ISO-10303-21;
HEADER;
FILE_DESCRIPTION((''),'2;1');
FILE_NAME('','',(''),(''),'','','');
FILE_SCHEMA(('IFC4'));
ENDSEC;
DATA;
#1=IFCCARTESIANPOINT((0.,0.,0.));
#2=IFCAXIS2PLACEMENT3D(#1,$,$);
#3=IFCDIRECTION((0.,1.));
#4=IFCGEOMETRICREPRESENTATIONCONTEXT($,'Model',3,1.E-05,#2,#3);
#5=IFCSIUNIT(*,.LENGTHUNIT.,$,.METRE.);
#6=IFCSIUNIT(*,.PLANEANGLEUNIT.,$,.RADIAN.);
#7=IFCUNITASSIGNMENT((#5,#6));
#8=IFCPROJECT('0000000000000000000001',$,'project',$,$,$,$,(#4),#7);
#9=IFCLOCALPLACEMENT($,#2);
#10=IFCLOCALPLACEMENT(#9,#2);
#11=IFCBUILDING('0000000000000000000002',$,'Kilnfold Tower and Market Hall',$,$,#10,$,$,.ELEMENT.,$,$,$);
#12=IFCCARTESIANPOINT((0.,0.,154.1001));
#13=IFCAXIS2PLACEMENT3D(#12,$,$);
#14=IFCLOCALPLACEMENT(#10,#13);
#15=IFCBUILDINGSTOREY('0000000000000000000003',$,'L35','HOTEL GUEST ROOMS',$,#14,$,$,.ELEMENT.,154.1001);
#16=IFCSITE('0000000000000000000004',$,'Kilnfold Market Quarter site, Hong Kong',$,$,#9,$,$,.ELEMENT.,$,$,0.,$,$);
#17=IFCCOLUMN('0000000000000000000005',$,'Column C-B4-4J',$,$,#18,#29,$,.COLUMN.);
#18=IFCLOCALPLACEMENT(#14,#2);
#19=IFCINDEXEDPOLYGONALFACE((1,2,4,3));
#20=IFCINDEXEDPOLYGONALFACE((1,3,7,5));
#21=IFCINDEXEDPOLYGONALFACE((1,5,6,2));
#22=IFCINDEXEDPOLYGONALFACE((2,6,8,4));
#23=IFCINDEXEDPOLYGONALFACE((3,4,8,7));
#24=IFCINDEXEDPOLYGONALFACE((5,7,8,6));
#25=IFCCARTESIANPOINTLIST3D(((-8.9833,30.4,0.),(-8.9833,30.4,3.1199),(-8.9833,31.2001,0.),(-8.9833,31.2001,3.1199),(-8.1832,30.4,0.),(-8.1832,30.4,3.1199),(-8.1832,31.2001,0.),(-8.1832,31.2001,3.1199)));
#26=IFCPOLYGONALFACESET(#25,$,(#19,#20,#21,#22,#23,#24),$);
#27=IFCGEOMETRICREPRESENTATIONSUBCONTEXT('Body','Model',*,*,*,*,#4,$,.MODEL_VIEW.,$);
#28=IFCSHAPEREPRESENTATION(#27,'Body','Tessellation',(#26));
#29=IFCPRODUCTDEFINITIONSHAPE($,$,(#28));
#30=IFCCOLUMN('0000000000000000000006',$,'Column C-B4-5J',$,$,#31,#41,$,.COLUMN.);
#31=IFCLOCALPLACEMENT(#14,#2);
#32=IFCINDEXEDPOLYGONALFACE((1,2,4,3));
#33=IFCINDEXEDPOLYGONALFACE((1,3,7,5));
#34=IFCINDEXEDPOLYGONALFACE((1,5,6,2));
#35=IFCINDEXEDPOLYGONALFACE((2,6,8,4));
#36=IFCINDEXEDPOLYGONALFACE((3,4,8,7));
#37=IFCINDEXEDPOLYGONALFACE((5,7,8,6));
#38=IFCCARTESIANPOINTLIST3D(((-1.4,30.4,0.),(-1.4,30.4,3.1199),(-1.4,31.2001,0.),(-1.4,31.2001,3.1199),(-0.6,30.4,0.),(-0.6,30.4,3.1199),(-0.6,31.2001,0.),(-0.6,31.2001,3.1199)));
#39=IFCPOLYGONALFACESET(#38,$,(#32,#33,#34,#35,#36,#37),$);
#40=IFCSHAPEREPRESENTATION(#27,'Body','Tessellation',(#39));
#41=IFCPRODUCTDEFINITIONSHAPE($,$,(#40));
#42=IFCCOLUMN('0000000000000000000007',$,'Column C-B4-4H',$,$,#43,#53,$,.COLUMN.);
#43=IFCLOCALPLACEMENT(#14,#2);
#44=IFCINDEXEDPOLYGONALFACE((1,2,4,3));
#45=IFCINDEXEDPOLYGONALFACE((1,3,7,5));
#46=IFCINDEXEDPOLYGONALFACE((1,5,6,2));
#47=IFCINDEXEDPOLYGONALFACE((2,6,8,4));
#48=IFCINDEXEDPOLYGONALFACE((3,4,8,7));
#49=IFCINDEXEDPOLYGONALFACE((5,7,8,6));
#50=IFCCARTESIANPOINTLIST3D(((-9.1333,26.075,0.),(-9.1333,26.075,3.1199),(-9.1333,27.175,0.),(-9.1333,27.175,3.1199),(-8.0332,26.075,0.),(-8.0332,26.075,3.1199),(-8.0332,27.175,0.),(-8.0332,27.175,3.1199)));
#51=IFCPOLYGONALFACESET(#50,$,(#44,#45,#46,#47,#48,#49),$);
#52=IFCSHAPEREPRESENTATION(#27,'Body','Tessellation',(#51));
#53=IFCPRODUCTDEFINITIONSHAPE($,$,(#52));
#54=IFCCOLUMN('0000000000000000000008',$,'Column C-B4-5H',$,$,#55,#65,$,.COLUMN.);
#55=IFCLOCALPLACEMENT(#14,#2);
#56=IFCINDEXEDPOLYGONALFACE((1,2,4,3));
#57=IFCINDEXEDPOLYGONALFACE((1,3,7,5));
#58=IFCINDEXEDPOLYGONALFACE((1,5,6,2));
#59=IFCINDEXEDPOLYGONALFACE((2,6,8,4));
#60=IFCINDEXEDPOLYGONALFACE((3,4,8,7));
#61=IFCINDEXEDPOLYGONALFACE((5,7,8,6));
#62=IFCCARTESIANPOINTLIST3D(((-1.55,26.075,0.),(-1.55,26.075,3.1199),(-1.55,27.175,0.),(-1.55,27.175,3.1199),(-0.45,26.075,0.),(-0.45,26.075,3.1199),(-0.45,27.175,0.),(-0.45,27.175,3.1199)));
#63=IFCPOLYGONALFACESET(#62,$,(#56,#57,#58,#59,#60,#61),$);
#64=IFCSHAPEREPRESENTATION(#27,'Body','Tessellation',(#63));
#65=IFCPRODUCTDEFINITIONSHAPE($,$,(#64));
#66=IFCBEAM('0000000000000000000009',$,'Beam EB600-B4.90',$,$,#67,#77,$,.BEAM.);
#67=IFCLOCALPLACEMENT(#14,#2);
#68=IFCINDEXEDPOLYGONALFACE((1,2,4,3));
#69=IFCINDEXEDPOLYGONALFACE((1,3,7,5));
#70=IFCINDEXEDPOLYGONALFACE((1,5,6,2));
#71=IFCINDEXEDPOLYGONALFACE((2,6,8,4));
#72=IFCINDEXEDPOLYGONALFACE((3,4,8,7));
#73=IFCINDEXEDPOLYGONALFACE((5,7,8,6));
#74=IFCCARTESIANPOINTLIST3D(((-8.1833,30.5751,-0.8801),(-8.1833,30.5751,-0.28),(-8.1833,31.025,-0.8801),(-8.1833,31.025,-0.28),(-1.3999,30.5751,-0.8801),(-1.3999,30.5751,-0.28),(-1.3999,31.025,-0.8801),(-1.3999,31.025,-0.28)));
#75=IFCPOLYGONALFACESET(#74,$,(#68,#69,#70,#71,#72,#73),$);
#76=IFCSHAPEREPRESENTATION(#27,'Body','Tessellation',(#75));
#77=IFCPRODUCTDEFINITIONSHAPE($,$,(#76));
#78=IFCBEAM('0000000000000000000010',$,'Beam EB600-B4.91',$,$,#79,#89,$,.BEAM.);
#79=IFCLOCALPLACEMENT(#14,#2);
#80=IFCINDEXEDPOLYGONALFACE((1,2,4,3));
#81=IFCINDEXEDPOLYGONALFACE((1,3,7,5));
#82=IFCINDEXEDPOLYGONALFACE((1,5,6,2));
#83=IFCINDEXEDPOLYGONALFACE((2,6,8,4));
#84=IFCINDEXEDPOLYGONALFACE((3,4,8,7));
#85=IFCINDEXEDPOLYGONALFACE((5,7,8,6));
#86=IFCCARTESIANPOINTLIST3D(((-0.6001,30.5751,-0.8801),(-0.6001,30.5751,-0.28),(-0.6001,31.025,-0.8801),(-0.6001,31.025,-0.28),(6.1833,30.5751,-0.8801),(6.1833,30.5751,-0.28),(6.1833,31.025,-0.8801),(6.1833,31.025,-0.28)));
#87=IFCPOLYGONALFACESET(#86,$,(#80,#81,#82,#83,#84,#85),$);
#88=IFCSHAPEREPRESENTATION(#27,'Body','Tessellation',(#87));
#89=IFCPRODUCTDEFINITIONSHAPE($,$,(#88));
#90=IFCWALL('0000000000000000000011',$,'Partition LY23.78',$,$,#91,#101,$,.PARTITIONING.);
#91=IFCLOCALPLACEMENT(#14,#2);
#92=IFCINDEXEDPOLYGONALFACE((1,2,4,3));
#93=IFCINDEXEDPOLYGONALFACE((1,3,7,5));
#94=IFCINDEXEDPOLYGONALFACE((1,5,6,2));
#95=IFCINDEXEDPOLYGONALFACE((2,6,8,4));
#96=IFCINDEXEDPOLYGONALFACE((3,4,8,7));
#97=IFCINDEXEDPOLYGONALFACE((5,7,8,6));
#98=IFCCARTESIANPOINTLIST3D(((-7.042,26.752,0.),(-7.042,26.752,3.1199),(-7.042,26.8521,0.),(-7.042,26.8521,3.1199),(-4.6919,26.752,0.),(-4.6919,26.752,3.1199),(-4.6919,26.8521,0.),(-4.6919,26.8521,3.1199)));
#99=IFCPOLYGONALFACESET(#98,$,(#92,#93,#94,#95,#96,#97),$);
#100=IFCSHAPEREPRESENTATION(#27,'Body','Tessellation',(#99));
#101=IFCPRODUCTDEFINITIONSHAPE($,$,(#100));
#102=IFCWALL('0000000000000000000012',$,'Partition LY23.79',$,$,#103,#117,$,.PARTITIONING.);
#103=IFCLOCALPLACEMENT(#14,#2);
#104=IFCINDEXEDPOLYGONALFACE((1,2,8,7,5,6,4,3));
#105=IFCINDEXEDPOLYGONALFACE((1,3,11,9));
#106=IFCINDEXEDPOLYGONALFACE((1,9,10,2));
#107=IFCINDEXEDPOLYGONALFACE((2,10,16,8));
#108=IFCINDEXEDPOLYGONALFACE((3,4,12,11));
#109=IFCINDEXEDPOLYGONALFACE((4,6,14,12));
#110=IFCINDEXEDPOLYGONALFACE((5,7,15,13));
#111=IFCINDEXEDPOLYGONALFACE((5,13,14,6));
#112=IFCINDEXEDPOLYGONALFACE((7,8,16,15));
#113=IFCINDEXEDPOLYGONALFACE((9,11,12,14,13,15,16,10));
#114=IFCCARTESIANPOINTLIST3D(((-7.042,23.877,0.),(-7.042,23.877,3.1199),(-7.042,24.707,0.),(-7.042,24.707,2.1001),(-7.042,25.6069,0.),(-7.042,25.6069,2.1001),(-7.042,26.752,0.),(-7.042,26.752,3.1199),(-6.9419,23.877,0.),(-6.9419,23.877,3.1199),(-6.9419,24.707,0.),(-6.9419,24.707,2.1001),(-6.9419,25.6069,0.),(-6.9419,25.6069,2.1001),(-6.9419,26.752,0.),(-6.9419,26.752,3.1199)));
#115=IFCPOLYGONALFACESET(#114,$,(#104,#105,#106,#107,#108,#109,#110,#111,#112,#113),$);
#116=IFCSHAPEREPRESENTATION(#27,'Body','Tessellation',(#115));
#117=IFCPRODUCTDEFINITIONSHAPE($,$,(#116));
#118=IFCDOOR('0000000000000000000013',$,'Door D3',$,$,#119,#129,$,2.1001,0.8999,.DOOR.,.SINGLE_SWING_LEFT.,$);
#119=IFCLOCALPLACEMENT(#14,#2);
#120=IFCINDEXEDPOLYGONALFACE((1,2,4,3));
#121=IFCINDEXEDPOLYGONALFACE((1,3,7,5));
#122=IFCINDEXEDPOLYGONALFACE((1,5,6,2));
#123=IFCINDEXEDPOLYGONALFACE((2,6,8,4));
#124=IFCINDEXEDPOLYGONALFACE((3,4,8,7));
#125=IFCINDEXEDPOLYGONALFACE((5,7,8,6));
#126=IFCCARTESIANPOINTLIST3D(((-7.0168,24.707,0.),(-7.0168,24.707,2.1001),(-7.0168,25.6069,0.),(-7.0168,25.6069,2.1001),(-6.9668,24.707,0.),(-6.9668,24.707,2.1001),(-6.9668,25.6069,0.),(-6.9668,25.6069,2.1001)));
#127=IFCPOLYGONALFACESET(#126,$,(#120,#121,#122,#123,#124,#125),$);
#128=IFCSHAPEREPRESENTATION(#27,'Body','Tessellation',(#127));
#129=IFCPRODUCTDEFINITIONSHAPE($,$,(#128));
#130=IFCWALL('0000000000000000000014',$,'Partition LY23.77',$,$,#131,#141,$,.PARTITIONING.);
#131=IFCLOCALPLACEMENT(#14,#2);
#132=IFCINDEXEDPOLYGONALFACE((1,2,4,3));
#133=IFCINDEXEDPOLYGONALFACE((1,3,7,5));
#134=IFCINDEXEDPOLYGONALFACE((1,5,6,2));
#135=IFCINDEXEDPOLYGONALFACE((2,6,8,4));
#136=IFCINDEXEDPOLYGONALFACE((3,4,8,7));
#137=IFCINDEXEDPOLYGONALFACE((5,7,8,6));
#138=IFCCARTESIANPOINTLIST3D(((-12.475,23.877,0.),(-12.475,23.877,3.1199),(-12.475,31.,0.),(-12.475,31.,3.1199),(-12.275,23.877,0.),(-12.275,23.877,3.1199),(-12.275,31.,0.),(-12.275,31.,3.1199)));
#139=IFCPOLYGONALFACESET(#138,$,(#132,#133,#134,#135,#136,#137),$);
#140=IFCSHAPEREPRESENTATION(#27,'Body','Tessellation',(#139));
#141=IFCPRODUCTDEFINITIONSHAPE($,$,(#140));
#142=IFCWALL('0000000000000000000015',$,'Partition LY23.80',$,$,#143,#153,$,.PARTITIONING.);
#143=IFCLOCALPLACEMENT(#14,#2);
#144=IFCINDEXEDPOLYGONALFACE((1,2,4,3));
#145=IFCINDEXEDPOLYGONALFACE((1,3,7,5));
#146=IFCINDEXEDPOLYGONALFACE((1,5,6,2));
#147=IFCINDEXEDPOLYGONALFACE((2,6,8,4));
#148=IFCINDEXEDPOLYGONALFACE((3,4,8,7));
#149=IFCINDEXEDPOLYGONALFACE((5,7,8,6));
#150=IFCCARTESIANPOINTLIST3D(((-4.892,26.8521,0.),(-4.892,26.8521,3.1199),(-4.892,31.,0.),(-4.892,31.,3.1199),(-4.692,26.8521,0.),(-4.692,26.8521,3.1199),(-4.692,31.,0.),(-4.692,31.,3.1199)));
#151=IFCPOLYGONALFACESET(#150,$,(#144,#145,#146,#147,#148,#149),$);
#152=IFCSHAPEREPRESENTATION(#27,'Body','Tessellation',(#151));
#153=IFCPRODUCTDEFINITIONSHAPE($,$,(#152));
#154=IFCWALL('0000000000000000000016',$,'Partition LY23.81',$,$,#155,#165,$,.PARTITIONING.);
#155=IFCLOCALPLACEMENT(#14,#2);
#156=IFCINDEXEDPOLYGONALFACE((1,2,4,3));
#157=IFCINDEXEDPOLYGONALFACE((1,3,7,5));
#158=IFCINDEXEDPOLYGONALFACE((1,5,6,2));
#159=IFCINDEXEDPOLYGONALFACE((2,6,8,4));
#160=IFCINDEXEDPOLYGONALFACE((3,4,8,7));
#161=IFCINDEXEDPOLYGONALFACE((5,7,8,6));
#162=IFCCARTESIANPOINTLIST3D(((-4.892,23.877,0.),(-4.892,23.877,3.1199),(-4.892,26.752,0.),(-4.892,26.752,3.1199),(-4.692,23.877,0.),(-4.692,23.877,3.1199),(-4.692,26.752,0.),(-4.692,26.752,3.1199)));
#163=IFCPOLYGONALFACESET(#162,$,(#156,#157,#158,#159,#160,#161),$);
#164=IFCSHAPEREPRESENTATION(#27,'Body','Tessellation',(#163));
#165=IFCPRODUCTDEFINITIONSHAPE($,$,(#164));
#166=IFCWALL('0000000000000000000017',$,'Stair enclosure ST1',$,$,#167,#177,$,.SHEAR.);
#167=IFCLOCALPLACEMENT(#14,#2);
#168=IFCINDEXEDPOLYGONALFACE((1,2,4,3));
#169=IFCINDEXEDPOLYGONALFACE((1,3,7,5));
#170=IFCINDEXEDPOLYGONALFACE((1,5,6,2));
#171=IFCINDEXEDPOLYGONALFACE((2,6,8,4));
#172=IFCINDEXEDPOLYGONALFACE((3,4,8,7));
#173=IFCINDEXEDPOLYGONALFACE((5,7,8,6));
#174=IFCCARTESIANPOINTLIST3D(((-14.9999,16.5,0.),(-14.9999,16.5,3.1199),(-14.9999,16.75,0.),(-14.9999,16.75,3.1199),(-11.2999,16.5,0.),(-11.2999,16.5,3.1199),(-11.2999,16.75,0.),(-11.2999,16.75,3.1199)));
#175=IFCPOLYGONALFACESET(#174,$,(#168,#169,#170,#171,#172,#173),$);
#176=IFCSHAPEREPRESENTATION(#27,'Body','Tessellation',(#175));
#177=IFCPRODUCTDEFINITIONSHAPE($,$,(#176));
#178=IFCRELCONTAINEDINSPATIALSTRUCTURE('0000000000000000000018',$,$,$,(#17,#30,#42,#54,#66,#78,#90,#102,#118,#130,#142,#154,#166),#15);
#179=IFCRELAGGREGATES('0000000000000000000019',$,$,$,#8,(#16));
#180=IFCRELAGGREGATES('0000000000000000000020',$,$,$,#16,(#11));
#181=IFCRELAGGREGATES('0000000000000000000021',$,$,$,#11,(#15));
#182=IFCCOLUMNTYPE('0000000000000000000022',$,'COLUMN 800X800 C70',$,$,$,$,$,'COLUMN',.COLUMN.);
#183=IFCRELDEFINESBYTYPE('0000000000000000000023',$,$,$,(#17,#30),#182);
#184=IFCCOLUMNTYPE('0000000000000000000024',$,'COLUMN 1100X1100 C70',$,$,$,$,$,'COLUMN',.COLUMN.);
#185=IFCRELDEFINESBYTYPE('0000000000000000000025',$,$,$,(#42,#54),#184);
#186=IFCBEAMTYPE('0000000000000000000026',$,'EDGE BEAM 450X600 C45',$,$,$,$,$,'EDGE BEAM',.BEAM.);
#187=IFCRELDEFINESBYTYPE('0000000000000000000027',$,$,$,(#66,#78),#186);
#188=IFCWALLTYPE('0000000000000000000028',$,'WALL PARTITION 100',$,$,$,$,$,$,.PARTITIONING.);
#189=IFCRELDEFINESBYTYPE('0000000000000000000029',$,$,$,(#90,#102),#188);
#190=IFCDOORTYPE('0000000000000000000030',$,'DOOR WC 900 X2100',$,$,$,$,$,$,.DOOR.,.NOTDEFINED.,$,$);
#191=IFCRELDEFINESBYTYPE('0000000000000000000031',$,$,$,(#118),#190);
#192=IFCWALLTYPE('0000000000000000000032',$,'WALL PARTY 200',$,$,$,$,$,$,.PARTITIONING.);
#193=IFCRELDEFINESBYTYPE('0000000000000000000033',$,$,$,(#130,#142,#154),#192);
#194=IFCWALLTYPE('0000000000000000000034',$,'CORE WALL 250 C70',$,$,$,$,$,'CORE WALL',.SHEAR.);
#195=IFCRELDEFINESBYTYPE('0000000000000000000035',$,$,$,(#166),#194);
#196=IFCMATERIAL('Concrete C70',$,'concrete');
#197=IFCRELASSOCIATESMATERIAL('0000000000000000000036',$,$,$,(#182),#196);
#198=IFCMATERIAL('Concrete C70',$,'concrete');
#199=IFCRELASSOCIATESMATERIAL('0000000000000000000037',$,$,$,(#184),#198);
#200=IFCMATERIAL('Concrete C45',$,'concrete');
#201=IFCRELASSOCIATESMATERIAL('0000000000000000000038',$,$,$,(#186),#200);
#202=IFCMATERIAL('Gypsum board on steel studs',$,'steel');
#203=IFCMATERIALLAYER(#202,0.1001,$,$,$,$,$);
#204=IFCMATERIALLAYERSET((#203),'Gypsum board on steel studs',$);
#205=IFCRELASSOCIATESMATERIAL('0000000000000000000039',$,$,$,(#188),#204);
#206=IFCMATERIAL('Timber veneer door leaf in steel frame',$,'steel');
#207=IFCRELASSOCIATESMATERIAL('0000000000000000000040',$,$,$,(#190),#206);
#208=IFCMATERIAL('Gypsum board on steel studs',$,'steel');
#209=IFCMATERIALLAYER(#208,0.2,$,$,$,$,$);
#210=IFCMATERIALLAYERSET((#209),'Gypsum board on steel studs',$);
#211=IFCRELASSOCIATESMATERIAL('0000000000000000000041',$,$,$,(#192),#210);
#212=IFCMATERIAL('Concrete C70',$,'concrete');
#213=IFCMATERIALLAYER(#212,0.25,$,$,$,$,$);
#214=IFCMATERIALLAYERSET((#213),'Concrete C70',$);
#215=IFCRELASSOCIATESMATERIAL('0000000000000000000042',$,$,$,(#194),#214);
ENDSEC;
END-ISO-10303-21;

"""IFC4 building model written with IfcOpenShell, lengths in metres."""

from ifc_helpers import new_model, si_unit, direction, frame, frame_2d, origin, origin_2d, place, context, subcontext, project, spatial, rectangle, extrude, source, transform, mapped, material, layer, layer_set, material_profile, profile_set, type_object, element, fill, save


model = new_model("IFC4")

# Units and contexts
model_context = context("Model", 3, precision=1e-05, world=origin(), true_north=direction((0.0, 1.0)))
body_context = subcontext(model_context, "Body", "Model", "MODEL_VIEW")
ifc_project = project(units=[si_unit("LENGTHUNIT", "METRE"), si_unit("PLANEANGLEUNIT", "RADIAN")], contexts=[model_context])

# Site, building, storey
site_placement = place(None, origin())
site = spatial("IfcSite", under=ifc_project, at=site_placement, Name="Kilnfold Market Quarter site, Hong Kong", CompositionType="ELEMENT", RefElevation=0.0)
building_placement = place(site_placement, origin())
building = spatial("IfcBuilding", under=site, at=building_placement, Name="Kilnfold Tower and Market Hall", CompositionType="ELEMENT")
storey_placement = place(building_placement, frame((0.0, 0.0, 154.1001)))
storey = spatial("IfcBuildingStorey", under=building, at=storey_placement, Name="L35", Description="HOTEL GUEST ROOMS", CompositionType="ELEMENT", Elevation=154.1001)

# Columns
ifc_material_1 = material(Name="Concrete C70", Category="concrete")
ifc_material_profile_1 = material_profile(ifc_material_1, rectangle(XDim=0.8, YDim=0.8, at=origin_2d()), Name="RC 800x800")
ifc_profile_set_1 = profile_set([ifc_material_profile_1], Name="Concrete C70")
column_type_1 = type_object("IfcColumnType", Name="COLUMN 800X800 C70", ElementType="COLUMN", PredefinedType="COLUMN", material=ifc_profile_set_1)
shared_shape_1 = source(origin(), body_context, "Body", "SweptSolid", [
    extrude(rectangle(XDim=0.8, YDim=0.8, at=origin_2d()), origin(), (0.0, 0.0, 1.0), 3.1199),
])
for number, where, z_axis, x_axis, name in (
    (1, (-8.5833, 30.8, 0.0), (0.0, 0.0, 1.0), (1.0, 0.0, 0.0), "Column C-B4-4J"),
    (2, (-1.0, 30.8, 0.0), (0.0, 0.0, 1.0), (1.0, 0.0, 0.0), "Column C-B4-5J"),
):
    element("IfcColumn", number, at=place(storey_placement, frame(where, z_axis=z_axis, x_axis=x_axis)), inside=storey, type_object=column_type_1, Name=name, PredefinedType="COLUMN", context=body_context, shape_type="MappedRepresentation", body=[
        mapped(shared_shape_1, transform((0.0, 0.0, 0.0))),
    ])
ifc_material_2 = material(Name="Concrete C70", Category="concrete")
ifc_material_profile_2 = material_profile(ifc_material_2, rectangle(XDim=1.1001, YDim=1.1001, at=origin_2d()), Name="RC 1100x1100")
ifc_profile_set_2 = profile_set([ifc_material_profile_2], Name="Concrete C70")
column_type_2 = type_object("IfcColumnType", Name="COLUMN 1100X1100 C70", ElementType="COLUMN", PredefinedType="COLUMN", material=ifc_profile_set_2)
shared_shape_2 = source(origin(), body_context, "Body", "SweptSolid", [
    extrude(rectangle(XDim=1.1001, YDim=1.1001, at=origin_2d()), origin(), (0.0, 0.0, 1.0), 3.1199),
])
for number, where, z_axis, x_axis, name in (
    (3, (-8.5833, 26.625, 0.0), (0.0, 0.0, 1.0), (1.0, 0.0, 0.0), "Column C-B4-4H"),
    (4, (-1.0, 26.625, 0.0), (0.0, 0.0, 1.0), (1.0, 0.0, 0.0), "Column C-B4-5H"),
):
    element("IfcColumn", number, at=place(storey_placement, frame(where, z_axis=z_axis, x_axis=x_axis)), inside=storey, type_object=column_type_2, Name=name, PredefinedType="COLUMN", context=body_context, shape_type="MappedRepresentation", body=[
        mapped(shared_shape_2, transform((0.0, 0.0, 0.0))),
    ])

# Beams
ifc_material_3 = material(Name="Concrete C45", Category="concrete")
ifc_material_profile_3 = material_profile(ifc_material_3, rectangle(XDim=0.45, YDim=0.6001, at=origin_2d()), Name="RC 450x600")
ifc_profile_set_3 = profile_set([ifc_material_profile_3], Name="Concrete C45")
beam_type = type_object("IfcBeamType", Name="EDGE BEAM 450X600 C45", ElementType="EDGE BEAM", PredefinedType="BEAM", material=ifc_profile_set_3)
shared_shape_3 = source(origin(), body_context, "Body", "SweptSolid", [
    extrude(rectangle(XDim=0.45, YDim=0.6001, at=origin_2d()), origin(), (0.0, 0.0, 1.0), 6.7834),
])
for number, where, z_axis, x_axis, name in (
    (5, (-8.1833, 30.8, -0.5801), (1.0, 0.0, 0.0), (0.0, 1.0, 0.0), "Beam EB600-B4.90"),
    (6, (-0.6001, 30.8, -0.5801), (1.0, 0.0, 0.0), (0.0, 1.0, 0.0), "Beam EB600-B4.91"),
):
    element("IfcBeam", number, at=place(storey_placement, frame(where, z_axis=z_axis, x_axis=x_axis)), inside=storey, type_object=beam_type, Name=name, PredefinedType="BEAM", context=body_context, shape_type="MappedRepresentation", body=[
        mapped(shared_shape_3, transform((0.0, 0.0, 0.0))),
    ])

# Wall
ifc_material_4 = material(Name="Gypsum board on steel studs", Category="steel")
ifc_layer_1 = layer(ifc_material_4, 0.1001)
ifc_layer_set_1 = layer_set([ifc_layer_1], Name="Gypsum board on steel studs")
wall_type_1 = type_object("IfcWallType", Name="WALL PARTITION 100", PredefinedType="PARTITIONING", material=ifc_layer_set_1)
wall_1_placement = place(storey_placement, frame((-7.042, 26.802, 0.0), z_axis=(0.0, 0.0, 1.0), x_axis=(1.0, 0.0, 0.0)))
element("IfcWall", 7, at=wall_1_placement, inside=storey, type_object=wall_type_1, Name="Partition LY23.78", PredefinedType="PARTITIONING", context=body_context, shape_type="SweptSolid", body=[
    extrude(rectangle(XDim=2.3501, YDim=0.1001, at=frame_2d((1.175, 0.0))), origin(), (0.0, 0.0, 1.0), 3.1199),
])

# Wall, opening, door
wall_2_placement = place(storey_placement, frame((-6.9919, 23.877, 0.0), z_axis=(0.0, 0.0, 1.0), x_axis=(0.0, 1.0, 0.0)))
wall_2 = element("IfcWall", 8, at=wall_2_placement, inside=storey, type_object=wall_type_1, Name="Partition LY23.79", PredefinedType="PARTITIONING", context=body_context, shape_type="SweptSolid", body=[
    extrude(rectangle(XDim=2.875, YDim=0.1001, at=frame_2d((1.4375, 0.0))), origin(), (0.0, 0.0, 1.0), 3.1199),
])
opening_1_placement = place(wall_2_placement, frame((0.8301, 0.0, 0.0)))
opening_1 = element("IfcOpeningElement", 9, at=opening_1_placement, cuts=wall_2, PredefinedType="OPENING", context=body_context, shape_type="SweptSolid", body=[
    extrude(rectangle(XDim=0.8999, YDim=2.1001, at=frame_2d((0.45, 1.05))), frame((0.0, 0.0601, 0.0), z_axis=(0.0, -1.0, 0.0), x_axis=(1.0, 0.0, 0.0)), (0.0, 0.0, 1.0), 0.1201),
])
ifc_material_5 = material(Name="Timber veneer door leaf in steel frame", Category="steel")
door_type = type_object("IfcDoorType", Name="DOOR WC 900 X2100", OperationType="NOTDEFINED", PredefinedType="DOOR", material=ifc_material_5)
door_placement = place(opening_1_placement, origin())
door = element("IfcDoor", 10, at=door_placement, inside=storey, type_object=door_type, Name="Door D3", OperationType="SINGLE_SWING_LEFT", OverallHeight=2.1001, OverallWidth=0.8999, PredefinedType="DOOR", context=body_context, shape_type="SweptSolid", body=[
    extrude(rectangle(XDim=0.8999, YDim=2.1001, at=frame_2d((0.45, 1.05))), frame((0.0, 0.0249, 0.0), z_axis=(0.0, -1.0, 0.0), x_axis=(1.0, 0.0, 0.0)), (0.0, 0.0, 1.0), 0.05),
])
fill(opening_1, door)

# Walls
ifc_material_6 = material(Name="Gypsum board on steel studs", Category="steel")
ifc_layer_2 = layer(ifc_material_6, 0.2)
ifc_layer_set_2 = layer_set([ifc_layer_2], Name="Gypsum board on steel studs")
wall_type_2 = type_object("IfcWallType", Name="WALL PARTY 200", PredefinedType="PARTITIONING", material=ifc_layer_set_2)
wall_3_placement = place(storey_placement, frame((-12.375, 23.877, 0.0), z_axis=(0.0, 0.0, 1.0), x_axis=(0.0, 1.0, 0.0)))
element("IfcWall", 11, at=wall_3_placement, inside=storey, type_object=wall_type_2, Name="Partition LY23.77", PredefinedType="PARTITIONING", context=body_context, shape_type="SweptSolid", body=[
    extrude(rectangle(XDim=7.123, YDim=0.2, at=frame_2d((3.5615, 0.0))), origin(), (0.0, 0.0, 1.0), 3.1199),
])
wall_4_placement = place(storey_placement, frame((-4.792, 26.8521, 0.0), z_axis=(0.0, 0.0, 1.0), x_axis=(0.0, 1.0, 0.0)))
element("IfcWall", 12, at=wall_4_placement, inside=storey, type_object=wall_type_2, Name="Partition LY23.80", PredefinedType="PARTITIONING", context=body_context, shape_type="SweptSolid", body=[
    extrude(rectangle(XDim=4.1479, YDim=0.2, at=frame_2d((2.074, 0.0))), origin(), (0.0, 0.0, 1.0), 3.1199),
])
wall_5_placement = place(storey_placement, frame((-4.792, 23.877, 0.0), z_axis=(0.0, 0.0, 1.0), x_axis=(0.0, 1.0, 0.0)))
element("IfcWall", 13, at=wall_5_placement, inside=storey, type_object=wall_type_2, Name="Partition LY23.81", PredefinedType="PARTITIONING", context=body_context, shape_type="SweptSolid", body=[
    extrude(rectangle(XDim=2.875, YDim=0.2, at=frame_2d((1.4375, 0.0))), origin(), (0.0, 0.0, 1.0), 3.1199),
])
ifc_material_7 = material(Name="Concrete C70", Category="concrete")
ifc_layer_3 = layer(ifc_material_7, 0.25)
ifc_layer_set_3 = layer_set([ifc_layer_3], Name="Concrete C70")
wall_type_3 = type_object("IfcWallType", Name="CORE WALL 250 C70", ElementType="CORE WALL", PredefinedType="SHEAR", material=ifc_layer_set_3)
shared_shape_4 = source(origin(), body_context, "Body", "SweptSolid", [
    extrude(rectangle(XDim=3.7, YDim=0.25, at=frame_2d((1.8501, 0.0))), origin(), (0.0, 0.0, 1.0), 3.1199),
])
wall_6_placement = place(storey_placement, frame((-15.0, 16.625, 0.0), z_axis=(0.0, 0.0, 1.0), x_axis=(1.0, 0.0, 0.0)))
element("IfcWall", 14, at=wall_6_placement, inside=storey, type_object=wall_type_3, Name="Stair enclosure ST1", PredefinedType="SHEAR", context=body_context, shape_type="MappedRepresentation", body=[
    mapped(shared_shape_4, transform((0.0, 0.0, 0.0))),
])

save(model, "model.ifc")
